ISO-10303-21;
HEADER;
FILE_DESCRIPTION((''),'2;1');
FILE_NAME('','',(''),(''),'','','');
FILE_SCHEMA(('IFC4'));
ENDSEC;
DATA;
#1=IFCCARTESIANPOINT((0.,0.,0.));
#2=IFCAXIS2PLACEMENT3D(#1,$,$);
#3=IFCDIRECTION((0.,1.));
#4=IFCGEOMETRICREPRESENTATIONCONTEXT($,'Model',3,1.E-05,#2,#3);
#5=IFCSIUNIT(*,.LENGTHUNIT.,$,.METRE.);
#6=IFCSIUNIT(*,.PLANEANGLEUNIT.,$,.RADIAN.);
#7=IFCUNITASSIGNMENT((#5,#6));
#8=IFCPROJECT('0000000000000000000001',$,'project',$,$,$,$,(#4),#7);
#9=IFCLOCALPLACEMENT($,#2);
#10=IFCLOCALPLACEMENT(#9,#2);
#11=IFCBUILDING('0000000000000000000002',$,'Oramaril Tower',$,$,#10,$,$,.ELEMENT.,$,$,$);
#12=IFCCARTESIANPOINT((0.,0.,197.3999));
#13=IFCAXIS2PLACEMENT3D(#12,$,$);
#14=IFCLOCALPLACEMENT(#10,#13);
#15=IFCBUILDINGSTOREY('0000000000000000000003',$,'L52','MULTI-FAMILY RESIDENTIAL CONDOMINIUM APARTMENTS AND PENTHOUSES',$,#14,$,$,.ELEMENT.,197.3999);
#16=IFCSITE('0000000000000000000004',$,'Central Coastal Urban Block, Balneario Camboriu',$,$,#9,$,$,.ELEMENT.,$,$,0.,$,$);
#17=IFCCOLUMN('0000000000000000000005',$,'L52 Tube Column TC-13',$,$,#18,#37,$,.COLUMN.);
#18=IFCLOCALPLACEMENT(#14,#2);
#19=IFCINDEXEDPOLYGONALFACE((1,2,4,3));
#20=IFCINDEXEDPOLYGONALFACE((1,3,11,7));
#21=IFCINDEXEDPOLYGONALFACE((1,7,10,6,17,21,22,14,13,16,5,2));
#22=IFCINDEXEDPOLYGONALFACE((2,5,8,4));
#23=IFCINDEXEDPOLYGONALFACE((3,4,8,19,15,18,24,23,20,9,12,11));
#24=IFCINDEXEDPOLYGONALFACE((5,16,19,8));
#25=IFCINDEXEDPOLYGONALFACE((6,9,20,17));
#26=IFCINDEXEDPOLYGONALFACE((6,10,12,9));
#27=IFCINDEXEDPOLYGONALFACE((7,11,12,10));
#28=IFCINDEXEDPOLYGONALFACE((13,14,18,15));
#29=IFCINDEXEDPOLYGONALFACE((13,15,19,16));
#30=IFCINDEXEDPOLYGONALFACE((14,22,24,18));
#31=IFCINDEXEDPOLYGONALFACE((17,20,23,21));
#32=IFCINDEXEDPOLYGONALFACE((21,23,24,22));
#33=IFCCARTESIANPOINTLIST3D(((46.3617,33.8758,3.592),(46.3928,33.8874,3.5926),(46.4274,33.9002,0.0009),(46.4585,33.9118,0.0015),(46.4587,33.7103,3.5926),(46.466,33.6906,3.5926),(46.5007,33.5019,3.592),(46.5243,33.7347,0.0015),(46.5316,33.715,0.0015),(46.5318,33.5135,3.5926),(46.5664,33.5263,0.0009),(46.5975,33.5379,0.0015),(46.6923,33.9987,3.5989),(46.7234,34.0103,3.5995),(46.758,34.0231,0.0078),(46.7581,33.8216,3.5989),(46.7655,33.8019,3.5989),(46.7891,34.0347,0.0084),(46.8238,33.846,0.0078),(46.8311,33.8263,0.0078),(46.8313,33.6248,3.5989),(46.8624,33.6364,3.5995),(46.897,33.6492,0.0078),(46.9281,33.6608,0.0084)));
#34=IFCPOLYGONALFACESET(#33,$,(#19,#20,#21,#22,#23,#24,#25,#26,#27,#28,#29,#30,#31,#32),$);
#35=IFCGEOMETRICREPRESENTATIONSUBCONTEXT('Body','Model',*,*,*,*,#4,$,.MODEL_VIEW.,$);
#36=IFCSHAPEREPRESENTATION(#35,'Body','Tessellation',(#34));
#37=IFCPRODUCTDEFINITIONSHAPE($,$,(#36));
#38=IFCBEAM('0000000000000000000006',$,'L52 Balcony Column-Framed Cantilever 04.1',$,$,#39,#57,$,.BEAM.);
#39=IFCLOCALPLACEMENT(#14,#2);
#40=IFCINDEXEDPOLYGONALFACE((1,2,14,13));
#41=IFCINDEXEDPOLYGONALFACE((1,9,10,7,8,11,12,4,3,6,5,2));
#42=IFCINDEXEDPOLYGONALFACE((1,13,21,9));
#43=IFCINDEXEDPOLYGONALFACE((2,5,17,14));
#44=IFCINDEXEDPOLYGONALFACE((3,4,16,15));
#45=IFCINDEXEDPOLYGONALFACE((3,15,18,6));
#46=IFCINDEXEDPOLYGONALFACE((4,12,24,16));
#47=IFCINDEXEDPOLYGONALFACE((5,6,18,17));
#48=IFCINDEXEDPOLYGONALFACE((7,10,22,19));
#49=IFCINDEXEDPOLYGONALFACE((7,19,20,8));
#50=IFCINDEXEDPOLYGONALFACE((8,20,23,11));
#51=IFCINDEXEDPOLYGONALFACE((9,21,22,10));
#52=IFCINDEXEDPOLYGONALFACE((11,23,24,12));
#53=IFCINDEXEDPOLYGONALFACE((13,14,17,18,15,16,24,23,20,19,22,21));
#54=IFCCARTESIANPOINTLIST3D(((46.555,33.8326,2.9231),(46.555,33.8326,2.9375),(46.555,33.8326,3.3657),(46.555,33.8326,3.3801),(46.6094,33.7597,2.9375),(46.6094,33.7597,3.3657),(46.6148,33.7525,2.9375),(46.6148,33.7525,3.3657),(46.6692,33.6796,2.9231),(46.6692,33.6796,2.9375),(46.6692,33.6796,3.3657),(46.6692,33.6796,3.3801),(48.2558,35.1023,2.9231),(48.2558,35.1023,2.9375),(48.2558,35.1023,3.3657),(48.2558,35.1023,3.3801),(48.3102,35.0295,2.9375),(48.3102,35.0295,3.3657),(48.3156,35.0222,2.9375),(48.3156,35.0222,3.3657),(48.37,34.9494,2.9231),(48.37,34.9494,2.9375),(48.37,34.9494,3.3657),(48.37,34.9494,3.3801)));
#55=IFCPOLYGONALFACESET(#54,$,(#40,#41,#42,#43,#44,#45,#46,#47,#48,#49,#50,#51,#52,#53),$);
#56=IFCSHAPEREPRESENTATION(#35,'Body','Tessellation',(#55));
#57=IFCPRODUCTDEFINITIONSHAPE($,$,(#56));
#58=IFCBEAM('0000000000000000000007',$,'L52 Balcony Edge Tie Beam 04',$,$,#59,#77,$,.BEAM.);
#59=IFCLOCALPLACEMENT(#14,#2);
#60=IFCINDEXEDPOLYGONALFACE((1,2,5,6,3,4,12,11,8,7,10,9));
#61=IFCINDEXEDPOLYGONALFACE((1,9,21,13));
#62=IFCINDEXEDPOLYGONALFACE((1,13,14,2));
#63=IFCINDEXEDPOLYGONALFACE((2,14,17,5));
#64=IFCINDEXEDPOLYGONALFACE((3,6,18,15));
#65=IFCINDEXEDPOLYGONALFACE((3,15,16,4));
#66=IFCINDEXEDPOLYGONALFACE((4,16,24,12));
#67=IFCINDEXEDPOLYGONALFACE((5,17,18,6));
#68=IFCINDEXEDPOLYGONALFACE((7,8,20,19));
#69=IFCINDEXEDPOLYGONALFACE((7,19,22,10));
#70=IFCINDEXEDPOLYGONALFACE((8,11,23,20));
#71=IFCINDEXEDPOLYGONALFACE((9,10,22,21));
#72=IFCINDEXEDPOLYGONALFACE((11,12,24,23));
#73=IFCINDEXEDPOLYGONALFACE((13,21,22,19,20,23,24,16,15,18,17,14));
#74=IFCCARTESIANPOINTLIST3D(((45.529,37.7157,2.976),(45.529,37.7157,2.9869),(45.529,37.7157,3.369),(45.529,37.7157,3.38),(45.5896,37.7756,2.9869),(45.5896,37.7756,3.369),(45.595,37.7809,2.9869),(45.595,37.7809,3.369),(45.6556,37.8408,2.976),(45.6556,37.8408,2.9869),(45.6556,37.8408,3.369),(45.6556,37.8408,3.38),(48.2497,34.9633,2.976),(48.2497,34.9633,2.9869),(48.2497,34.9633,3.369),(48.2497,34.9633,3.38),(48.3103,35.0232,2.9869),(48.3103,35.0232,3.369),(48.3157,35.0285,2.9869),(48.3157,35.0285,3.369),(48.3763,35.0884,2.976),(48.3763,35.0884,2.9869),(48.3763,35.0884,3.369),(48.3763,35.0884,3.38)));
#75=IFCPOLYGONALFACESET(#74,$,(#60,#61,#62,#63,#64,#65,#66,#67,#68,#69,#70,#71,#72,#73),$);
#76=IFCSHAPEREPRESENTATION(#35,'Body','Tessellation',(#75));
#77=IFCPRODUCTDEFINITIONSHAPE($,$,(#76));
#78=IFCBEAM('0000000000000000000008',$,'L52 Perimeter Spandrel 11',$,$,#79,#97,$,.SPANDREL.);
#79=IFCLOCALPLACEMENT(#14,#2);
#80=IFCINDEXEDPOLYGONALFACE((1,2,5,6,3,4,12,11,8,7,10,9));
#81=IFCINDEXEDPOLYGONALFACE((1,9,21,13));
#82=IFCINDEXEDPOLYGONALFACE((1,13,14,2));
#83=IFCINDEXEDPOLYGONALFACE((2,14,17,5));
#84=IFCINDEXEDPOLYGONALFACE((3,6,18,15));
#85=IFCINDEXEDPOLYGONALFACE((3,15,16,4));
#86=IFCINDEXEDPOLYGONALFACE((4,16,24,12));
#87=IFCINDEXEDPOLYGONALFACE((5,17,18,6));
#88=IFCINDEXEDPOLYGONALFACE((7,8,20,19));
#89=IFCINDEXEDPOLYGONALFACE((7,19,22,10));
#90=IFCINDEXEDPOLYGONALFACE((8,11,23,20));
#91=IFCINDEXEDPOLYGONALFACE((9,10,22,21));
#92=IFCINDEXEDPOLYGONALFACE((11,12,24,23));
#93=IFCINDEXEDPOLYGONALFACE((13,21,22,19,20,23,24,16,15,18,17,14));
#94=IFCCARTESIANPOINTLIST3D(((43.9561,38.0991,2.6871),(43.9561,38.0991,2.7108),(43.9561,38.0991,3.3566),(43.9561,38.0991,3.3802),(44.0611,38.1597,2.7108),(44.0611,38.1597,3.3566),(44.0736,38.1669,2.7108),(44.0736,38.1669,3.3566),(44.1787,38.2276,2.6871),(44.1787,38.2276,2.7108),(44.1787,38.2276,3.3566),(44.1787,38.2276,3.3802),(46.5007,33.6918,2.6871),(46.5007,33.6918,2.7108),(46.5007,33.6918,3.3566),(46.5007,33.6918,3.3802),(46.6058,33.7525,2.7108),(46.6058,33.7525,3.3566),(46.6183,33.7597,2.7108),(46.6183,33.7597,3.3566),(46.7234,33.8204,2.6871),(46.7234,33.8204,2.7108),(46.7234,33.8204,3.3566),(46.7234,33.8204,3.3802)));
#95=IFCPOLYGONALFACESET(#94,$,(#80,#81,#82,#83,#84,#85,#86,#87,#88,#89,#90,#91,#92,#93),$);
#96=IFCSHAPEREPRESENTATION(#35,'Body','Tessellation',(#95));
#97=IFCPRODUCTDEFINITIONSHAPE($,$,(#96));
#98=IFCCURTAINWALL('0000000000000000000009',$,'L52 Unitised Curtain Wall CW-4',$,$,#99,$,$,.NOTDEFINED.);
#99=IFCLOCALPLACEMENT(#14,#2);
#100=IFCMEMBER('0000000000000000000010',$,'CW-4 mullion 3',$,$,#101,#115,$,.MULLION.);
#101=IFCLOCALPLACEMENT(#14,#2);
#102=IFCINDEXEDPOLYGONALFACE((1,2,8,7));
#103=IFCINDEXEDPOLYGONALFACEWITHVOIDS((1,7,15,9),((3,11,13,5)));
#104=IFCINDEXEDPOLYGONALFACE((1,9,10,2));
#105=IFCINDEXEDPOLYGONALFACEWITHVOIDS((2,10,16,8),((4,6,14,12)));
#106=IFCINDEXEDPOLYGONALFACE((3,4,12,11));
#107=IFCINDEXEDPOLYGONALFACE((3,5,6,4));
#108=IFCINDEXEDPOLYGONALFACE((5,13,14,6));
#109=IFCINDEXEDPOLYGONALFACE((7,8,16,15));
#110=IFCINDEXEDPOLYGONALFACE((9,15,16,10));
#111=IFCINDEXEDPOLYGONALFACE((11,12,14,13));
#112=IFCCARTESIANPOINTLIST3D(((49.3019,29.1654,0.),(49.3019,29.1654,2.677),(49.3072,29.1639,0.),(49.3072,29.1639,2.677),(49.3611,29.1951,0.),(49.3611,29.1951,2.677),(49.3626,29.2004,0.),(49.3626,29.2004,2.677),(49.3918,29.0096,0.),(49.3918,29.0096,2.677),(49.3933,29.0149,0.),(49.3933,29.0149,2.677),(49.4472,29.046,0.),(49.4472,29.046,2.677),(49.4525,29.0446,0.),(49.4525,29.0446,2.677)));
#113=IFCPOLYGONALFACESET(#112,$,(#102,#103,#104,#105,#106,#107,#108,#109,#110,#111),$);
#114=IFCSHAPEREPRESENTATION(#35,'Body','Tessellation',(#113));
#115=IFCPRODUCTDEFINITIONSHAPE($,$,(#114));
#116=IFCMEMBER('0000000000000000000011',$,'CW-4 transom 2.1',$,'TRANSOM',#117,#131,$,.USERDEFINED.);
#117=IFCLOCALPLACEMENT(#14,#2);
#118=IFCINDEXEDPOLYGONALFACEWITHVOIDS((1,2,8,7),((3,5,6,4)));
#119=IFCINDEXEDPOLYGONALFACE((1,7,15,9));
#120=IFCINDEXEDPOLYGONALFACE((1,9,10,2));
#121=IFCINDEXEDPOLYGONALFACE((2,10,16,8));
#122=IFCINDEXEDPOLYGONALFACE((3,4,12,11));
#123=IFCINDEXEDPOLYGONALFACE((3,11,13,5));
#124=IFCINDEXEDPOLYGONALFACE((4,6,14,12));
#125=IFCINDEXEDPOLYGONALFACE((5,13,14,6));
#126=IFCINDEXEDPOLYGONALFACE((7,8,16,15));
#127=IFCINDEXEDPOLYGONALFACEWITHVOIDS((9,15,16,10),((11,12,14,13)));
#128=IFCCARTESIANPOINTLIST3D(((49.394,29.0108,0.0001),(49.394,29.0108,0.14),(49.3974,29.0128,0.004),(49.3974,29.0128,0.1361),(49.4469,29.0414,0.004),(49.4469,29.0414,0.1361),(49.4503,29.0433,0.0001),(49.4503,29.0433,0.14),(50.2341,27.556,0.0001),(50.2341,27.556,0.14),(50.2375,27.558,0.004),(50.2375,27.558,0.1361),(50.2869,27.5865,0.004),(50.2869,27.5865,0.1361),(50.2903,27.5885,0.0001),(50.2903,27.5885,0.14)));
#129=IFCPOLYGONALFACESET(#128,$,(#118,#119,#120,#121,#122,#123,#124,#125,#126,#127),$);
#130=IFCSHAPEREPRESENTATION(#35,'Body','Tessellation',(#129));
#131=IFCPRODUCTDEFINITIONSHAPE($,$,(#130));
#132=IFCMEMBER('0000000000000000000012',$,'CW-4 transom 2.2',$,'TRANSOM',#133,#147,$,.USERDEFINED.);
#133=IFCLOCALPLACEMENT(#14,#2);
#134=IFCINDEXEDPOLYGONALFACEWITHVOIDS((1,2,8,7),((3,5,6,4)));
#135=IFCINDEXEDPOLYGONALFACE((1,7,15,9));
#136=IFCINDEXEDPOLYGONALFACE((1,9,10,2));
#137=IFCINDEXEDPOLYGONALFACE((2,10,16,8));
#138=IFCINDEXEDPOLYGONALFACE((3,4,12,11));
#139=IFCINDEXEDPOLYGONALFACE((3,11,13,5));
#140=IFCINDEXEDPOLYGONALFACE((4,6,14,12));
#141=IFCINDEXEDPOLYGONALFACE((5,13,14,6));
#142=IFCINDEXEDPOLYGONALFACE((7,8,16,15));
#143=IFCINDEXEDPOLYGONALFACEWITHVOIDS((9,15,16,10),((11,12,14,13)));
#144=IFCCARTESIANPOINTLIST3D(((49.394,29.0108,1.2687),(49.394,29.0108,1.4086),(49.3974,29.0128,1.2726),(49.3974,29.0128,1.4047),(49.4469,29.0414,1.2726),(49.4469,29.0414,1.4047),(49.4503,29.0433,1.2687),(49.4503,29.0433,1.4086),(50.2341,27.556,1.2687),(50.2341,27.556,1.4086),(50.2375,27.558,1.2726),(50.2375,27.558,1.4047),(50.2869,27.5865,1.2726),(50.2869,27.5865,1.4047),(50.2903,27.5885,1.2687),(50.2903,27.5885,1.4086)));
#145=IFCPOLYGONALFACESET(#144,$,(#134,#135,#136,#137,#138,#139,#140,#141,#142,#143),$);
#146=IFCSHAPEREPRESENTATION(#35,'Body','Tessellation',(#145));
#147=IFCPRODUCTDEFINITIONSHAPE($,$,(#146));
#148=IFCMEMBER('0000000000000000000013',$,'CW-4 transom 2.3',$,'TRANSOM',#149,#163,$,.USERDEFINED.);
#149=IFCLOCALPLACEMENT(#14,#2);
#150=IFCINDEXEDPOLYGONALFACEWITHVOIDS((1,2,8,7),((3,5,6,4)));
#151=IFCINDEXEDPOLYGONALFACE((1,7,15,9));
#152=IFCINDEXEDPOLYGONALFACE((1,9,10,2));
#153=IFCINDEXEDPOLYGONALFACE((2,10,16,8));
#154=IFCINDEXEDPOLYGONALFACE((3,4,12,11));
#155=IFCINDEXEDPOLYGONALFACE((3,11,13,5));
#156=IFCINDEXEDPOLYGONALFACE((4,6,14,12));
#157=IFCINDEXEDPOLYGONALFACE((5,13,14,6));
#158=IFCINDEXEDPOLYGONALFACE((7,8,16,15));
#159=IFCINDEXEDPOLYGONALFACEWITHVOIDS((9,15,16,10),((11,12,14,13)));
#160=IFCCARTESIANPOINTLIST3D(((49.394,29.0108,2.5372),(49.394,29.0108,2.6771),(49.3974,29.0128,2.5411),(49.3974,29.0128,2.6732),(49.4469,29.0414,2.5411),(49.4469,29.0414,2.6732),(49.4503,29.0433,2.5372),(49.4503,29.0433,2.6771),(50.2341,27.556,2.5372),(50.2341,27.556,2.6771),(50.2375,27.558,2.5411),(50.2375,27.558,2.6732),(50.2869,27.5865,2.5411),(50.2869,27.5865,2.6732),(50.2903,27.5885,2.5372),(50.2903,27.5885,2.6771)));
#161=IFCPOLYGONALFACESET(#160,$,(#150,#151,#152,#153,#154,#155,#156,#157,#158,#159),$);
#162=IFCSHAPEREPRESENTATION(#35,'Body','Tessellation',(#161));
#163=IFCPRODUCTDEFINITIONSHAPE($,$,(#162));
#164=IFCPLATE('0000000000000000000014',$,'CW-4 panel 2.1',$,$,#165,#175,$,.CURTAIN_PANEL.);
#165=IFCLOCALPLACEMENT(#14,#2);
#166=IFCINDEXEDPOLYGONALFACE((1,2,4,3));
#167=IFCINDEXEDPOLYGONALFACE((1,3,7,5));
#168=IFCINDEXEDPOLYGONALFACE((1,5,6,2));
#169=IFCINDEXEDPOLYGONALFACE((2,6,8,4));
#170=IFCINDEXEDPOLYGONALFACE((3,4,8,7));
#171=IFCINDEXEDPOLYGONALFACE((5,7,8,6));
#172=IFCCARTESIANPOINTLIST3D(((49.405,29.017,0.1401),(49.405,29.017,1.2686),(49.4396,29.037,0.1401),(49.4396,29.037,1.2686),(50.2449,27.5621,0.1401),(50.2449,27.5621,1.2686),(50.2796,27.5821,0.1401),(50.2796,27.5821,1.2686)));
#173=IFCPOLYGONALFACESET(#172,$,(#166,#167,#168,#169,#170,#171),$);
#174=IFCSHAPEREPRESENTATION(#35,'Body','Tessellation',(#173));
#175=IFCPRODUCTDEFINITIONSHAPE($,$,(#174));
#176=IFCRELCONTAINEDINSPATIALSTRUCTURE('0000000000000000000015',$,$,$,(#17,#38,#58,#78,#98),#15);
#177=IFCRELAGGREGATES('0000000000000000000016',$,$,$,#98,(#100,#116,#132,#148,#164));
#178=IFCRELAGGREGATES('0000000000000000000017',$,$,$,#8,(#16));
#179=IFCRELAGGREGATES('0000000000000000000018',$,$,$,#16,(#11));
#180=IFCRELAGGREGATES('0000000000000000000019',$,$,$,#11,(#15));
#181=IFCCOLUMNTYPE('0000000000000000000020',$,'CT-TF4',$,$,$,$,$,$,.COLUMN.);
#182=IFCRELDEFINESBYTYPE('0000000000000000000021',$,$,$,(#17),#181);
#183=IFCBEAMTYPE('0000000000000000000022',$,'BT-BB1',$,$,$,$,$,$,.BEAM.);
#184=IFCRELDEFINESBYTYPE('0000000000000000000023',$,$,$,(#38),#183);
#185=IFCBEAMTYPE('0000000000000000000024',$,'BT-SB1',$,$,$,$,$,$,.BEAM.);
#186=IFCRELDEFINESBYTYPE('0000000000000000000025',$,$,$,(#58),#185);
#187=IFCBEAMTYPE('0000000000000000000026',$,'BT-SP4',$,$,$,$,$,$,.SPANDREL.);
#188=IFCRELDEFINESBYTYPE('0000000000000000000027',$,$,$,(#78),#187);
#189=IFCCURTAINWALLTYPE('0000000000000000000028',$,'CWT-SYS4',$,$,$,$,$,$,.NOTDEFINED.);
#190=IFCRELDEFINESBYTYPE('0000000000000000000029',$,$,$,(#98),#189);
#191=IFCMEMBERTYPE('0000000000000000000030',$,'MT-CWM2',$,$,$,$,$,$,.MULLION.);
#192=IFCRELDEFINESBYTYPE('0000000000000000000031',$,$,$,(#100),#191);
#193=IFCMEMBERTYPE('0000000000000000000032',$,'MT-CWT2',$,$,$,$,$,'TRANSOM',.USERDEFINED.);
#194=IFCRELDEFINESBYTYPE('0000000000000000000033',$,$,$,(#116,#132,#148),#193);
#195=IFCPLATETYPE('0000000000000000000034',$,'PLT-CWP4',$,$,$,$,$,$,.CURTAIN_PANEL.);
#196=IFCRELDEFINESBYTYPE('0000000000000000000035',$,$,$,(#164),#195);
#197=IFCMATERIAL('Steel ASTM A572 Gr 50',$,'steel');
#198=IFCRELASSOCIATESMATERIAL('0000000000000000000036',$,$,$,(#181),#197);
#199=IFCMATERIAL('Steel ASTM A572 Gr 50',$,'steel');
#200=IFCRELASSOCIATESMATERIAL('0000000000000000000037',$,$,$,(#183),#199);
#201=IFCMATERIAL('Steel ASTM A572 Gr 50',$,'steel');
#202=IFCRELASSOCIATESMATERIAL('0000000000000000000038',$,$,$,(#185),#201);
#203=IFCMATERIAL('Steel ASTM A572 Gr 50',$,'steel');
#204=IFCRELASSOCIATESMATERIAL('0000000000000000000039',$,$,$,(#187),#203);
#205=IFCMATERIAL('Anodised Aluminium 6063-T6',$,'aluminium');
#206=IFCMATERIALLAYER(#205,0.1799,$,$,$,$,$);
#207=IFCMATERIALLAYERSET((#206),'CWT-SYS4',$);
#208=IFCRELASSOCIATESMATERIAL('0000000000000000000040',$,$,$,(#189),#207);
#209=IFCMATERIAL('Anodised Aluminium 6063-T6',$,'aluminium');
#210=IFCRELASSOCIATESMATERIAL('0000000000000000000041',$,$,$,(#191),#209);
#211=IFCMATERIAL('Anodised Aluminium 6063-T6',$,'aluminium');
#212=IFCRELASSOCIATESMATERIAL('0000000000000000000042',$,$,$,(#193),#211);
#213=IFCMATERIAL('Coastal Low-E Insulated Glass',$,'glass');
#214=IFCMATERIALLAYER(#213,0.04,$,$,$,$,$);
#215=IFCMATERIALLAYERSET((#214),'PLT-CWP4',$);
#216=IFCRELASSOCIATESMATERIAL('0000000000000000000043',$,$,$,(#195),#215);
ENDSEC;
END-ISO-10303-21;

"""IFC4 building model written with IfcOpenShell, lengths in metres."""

from ifc_helpers import new_model, si_unit, direction, frame, origin, origin_2d, place, context, subcontext, project, spatial, rectangle, hollow_rectangle, i_section, extrude, material, layer, layer_set, material_profile, profile_set, type_object, element, aggregate, save


model = new_model("IFC4")

# Units and contexts
model_context = context("Model", 3, precision=1e-05, world=origin(), true_north=direction((0.0, 1.0)))
body_context = subcontext(model_context, "Body", "Model", "MODEL_VIEW")
ifc_project = project(units=[si_unit("LENGTHUNIT", "METRE"), si_unit("PLANEANGLEUNIT", "RADIAN")], contexts=[model_context])

# Site, building, storey
site_placement = place(None, origin())
site = spatial("IfcSite", under=ifc_project, at=site_placement, Name="Central Coastal Urban Block, Balneario Camboriu", CompositionType="ELEMENT", RefElevation=0.0)
building_placement = place(site_placement, origin())
building = spatial("IfcBuilding", under=site, at=building_placement, Name="Oramaril Tower", CompositionType="ELEMENT")
storey_placement = place(building_placement, frame((0.0, 0.0, 197.3999)))
storey = spatial("IfcBuildingStorey", under=building, at=storey_placement, Name="L52", Description="MULTI-FAMILY RESIDENTIAL CONDOMINIUM APARTMENTS AND PENTHOUSES", CompositionType="ELEMENT", Elevation=197.3999)

# Column
ifc_material_1 = material(Name="Steel ASTM A572 Gr 50", Category="steel")
ifc_material_profile_1 = material_profile(ifc_material_1, i_section(OverallWidth=0.3989, OverallDepth=0.386, WebThickness=0.021, FlangeThickness=0.0332, at=origin_2d()), Name="W14X176")
ifc_profile_set_1 = profile_set([ifc_material_profile_1], Name="Steel ASTM A572 Gr 50")
column_type = type_object("IfcColumnType", Name="CT-TF4", PredefinedType="COLUMN", material=ifc_profile_set_1)
column_placement = place(storey_placement, frame((46.6777, 33.7805, 0.0046), z_axis=(-0.018285, -0.006797, 0.99981), x_axis=(0.348449, -0.937328, 0.0)))
element("IfcColumn", 1, at=column_placement, inside=storey, type_object=column_type, Name="L52 Tube Column TC-13", PredefinedType="COLUMN", context=body_context, shape_type="SweptSolid", body=[
    extrude(i_section(OverallWidth=0.3989, OverallDepth=0.386, WebThickness=0.021, FlangeThickness=0.0332, at=origin_2d()), origin(), (0.0, 0.0, 1.0), 3.5918),
])

# Beams
ifc_material_2 = material(Name="Steel ASTM A572 Gr 50", Category="steel")
ifc_material_profile_2 = material_profile(ifc_material_2, i_section(OverallWidth=0.1909, OverallDepth=0.457, WebThickness=0.009, FlangeThickness=0.0144, at=origin_2d()), Name="W18X50")
ifc_profile_set_2 = profile_set([ifc_material_profile_2], Name="Steel ASTM A572 Gr 50")
beam_type_1 = type_object("IfcBeamType", Name="BT-BB1", PredefinedType="BEAM", material=ifc_profile_set_2)
beam_1_placement = place(storey_placement, frame((46.6121, 33.7561, 3.1516), z_axis=(0.801337, 0.598213, 0.0), x_axis=(-0.598213, 0.801337, 0.0)))
element("IfcBeam", 2, at=beam_1_placement, inside=storey, type_object=beam_type_1, Name="L52 Balcony Column-Framed Cantilever 04.1", PredefinedType="BEAM", context=body_context, shape_type="SweptSolid", body=[
    extrude(i_section(OverallWidth=0.1909, OverallDepth=0.457, WebThickness=0.009, FlangeThickness=0.0144, at=origin_2d()), origin(), (0.0, 0.0, 1.0), 2.1226),
])
ifc_material_3 = material(Name="Steel ASTM A572 Gr 50", Category="steel")
ifc_material_profile_3 = material_profile(ifc_material_3, i_section(OverallWidth=0.178, OverallDepth=0.4041, WebThickness=0.0076, FlangeThickness=0.011, at=origin_2d()), Name="W16X36")
ifc_profile_set_3 = profile_set([ifc_material_profile_3], Name="Steel ASTM A572 Gr 50")
beam_type_2 = type_object("IfcBeamType", Name="BT-SB1", PredefinedType="BEAM", material=ifc_profile_set_3)
beam_2_placement = place(storey_placement, frame((48.313, 35.0259, 3.178), z_axis=(-0.702995, 0.711195, 0.0), x_axis=(-0.711195, -0.702995, 0.0)))
element("IfcBeam", 3, at=beam_2_placement, inside=storey, type_object=beam_type_2, Name="L52 Balcony Edge Tie Beam 04", PredefinedType="BEAM", context=body_context, shape_type="SweptSolid", body=[
    extrude(i_section(OverallWidth=0.178, OverallDepth=0.4041, WebThickness=0.0076, FlangeThickness=0.011, at=origin_2d()), origin(), (0.0, 0.0, 1.0), 3.8701),
])
ifc_material_4 = material(Name="Steel ASTM A572 Gr 50", Category="steel")
ifc_material_profile_4 = material_profile(ifc_material_4, i_section(OverallWidth=0.2571, OverallDepth=0.6931, WebThickness=0.0144, FlangeThickness=0.0237, at=origin_2d()), Name="W27X114")
ifc_profile_set_4 = profile_set([ifc_material_profile_4], Name="Steel ASTM A572 Gr 50")
beam_type_3 = type_object("IfcBeamType", Name="BT-SP4", PredefinedType="SPANDREL", material=ifc_profile_set_4)
beam_3_placement = place(storey_placement, frame((46.6121, 33.7561, 3.0337), z_axis=(-0.500024, 0.866011, 0.0), x_axis=(-0.866011, -0.500024, 0.0)))
element("IfcBeam", 4, at=beam_3_placement, inside=storey, type_object=beam_type_3, Name="L52 Perimeter Spandrel 11", PredefinedType="SPANDREL", context=body_context, shape_type="SweptSolid", body=[
    extrude(i_section(OverallWidth=0.2571, OverallDepth=0.6931, WebThickness=0.0144, FlangeThickness=0.0237, at=origin_2d()), origin(), (0.0, 0.0, 1.0), 5.0891),
])

# Curtain wall, members, plate
ifc_material_5 = material(Name="Anodised Aluminium 6063-T6", Category="aluminium")
ifc_layer_1 = layer(ifc_material_5, 0.1799)
ifc_layer_set_1 = layer_set([ifc_layer_1], Name="CWT-SYS4")
curtain_wall_type = type_object("IfcCurtainWallType", Name="CWT-SYS4", PredefinedType="NOTDEFINED", material=ifc_layer_set_1)
curtain_wall_placement = place(storey_placement, origin())
curtain_wall = element("IfcCurtainWall", 5, at=curtain_wall_placement, inside=storey, type_object=curtain_wall_type, Name="L52 Unitised Curtain Wall CW-4", PredefinedType="NOTDEFINED")
ifc_material_6 = material(Name="Anodised Aluminium 6063-T6", Category="aluminium")
ifc_material_profile_5 = material_profile(ifc_material_6, hollow_rectangle(XDim=0.0701, YDim=0.1799, WallThickness=0.0039, at=origin_2d()), Name="CWM180X70")
ifc_profile_set_5 = profile_set([ifc_material_profile_5], Name="Anodised Aluminium 6063-T6")
member_type_1 = type_object("IfcMemberType", Name="MT-CWM2", PredefinedType="MULLION", material=ifc_profile_set_5)
member_1_placement = place(storey_placement, frame((49.3772, 29.105, 0.0), z_axis=(0.0, 0.0, 1.0), x_axis=(-0.866025, -0.5, 0.0)))
member_1 = element("IfcMember", 6, at=member_1_placement, type_object=member_type_1, Name="CW-4 mullion 3", PredefinedType="MULLION", context=body_context, shape_type="SweptSolid", body=[
    extrude(hollow_rectangle(XDim=0.0701, YDim=0.1799, WallThickness=0.0039, at=origin_2d()), origin(), (0.0, 0.0, 1.0), 2.677),
])
ifc_material_7 = material(Name="Anodised Aluminium 6063-T6", Category="aluminium")
ifc_material_profile_6 = material_profile(ifc_material_7, hollow_rectangle(XDim=0.0649, YDim=0.1399, WallThickness=0.0039, at=origin_2d()), Name="CWT140X65")
ifc_profile_set_6 = profile_set([ifc_material_profile_6], Name="Anodised Aluminium 6063-T6")
member_type_2 = type_object("IfcMemberType", Name="MT-CWT2", ElementType="TRANSOM", PredefinedType="USERDEFINED", material=ifc_profile_set_6)
member_2_placement = place(storey_placement, frame((50.2622, 27.5723, 0.0701), z_axis=(-0.500062, 0.86599, 0.0), x_axis=(-0.86599, -0.500062, 0.0)))
member_2 = element("IfcMember", 7, at=member_2_placement, type_object=member_type_2, Name="CW-4 transom 2.1", ObjectType="TRANSOM", PredefinedType="USERDEFINED", context=body_context, shape_type="SweptSolid", body=[
    extrude(hollow_rectangle(XDim=0.0649, YDim=0.1399, WallThickness=0.0039, at=origin_2d()), origin(), (0.0, 0.0, 1.0), 1.6799),
])
member_3_placement = place(storey_placement, frame((50.2622, 27.5723, 1.3386), z_axis=(-0.500062, 0.86599, 0.0), x_axis=(-0.86599, -0.500062, 0.0)))
member_3 = element("IfcMember", 8, at=member_3_placement, type_object=member_type_2, Name="CW-4 transom 2.2", ObjectType="TRANSOM", PredefinedType="USERDEFINED", context=body_context, shape_type="SweptSolid", body=[
    extrude(hollow_rectangle(XDim=0.0649, YDim=0.1399, WallThickness=0.0039, at=origin_2d()), origin(), (0.0, 0.0, 1.0), 1.6799),
])
member_4_placement = place(storey_placement, frame((50.2622, 27.5723, 2.6072), z_axis=(-0.500062, 0.86599, 0.0), x_axis=(-0.86599, -0.500062, 0.0)))
member_4 = element("IfcMember", 9, at=member_4_placement, type_object=member_type_2, Name="CW-4 transom 2.3", ObjectType="TRANSOM", PredefinedType="USERDEFINED", context=body_context, shape_type="SweptSolid", body=[
    extrude(hollow_rectangle(XDim=0.0649, YDim=0.1399, WallThickness=0.0039, at=origin_2d()), origin(), (0.0, 0.0, 1.0), 1.6799),
])
ifc_material_8 = material(Name="Coastal Low-E Insulated Glass", Category="glass")
ifc_layer_2 = layer(ifc_material_8, 0.04)
ifc_layer_set_2 = layer_set([ifc_layer_2], Name="PLT-CWP4")
plate_type = type_object("IfcPlateType", Name="PLT-CWP4", PredefinedType="CURTAIN_PANEL", material=ifc_layer_set_2)
plate_1_placement = place(storey_placement, frame((49.8423, 28.2996, 0.1401), z_axis=(0.0, 0.0, 1.0), x_axis=(-0.5, 0.866025, 0.0)))
plate_1 = element("IfcPlate", 10, at=plate_1_placement, type_object=plate_type, Name="CW-4 panel 2.1", PredefinedType="CURTAIN_PANEL", context=body_context, shape_type="SweptSolid", body=[
    extrude(rectangle(XDim=1.6799, YDim=0.04, at=origin_2d()), origin(), (0.0, 0.0, 1.0), 1.1284),
])
aggregate(curtain_wall, [member_1, member_2, member_3, member_4, plate_1])

save(model, "model.ifc")
